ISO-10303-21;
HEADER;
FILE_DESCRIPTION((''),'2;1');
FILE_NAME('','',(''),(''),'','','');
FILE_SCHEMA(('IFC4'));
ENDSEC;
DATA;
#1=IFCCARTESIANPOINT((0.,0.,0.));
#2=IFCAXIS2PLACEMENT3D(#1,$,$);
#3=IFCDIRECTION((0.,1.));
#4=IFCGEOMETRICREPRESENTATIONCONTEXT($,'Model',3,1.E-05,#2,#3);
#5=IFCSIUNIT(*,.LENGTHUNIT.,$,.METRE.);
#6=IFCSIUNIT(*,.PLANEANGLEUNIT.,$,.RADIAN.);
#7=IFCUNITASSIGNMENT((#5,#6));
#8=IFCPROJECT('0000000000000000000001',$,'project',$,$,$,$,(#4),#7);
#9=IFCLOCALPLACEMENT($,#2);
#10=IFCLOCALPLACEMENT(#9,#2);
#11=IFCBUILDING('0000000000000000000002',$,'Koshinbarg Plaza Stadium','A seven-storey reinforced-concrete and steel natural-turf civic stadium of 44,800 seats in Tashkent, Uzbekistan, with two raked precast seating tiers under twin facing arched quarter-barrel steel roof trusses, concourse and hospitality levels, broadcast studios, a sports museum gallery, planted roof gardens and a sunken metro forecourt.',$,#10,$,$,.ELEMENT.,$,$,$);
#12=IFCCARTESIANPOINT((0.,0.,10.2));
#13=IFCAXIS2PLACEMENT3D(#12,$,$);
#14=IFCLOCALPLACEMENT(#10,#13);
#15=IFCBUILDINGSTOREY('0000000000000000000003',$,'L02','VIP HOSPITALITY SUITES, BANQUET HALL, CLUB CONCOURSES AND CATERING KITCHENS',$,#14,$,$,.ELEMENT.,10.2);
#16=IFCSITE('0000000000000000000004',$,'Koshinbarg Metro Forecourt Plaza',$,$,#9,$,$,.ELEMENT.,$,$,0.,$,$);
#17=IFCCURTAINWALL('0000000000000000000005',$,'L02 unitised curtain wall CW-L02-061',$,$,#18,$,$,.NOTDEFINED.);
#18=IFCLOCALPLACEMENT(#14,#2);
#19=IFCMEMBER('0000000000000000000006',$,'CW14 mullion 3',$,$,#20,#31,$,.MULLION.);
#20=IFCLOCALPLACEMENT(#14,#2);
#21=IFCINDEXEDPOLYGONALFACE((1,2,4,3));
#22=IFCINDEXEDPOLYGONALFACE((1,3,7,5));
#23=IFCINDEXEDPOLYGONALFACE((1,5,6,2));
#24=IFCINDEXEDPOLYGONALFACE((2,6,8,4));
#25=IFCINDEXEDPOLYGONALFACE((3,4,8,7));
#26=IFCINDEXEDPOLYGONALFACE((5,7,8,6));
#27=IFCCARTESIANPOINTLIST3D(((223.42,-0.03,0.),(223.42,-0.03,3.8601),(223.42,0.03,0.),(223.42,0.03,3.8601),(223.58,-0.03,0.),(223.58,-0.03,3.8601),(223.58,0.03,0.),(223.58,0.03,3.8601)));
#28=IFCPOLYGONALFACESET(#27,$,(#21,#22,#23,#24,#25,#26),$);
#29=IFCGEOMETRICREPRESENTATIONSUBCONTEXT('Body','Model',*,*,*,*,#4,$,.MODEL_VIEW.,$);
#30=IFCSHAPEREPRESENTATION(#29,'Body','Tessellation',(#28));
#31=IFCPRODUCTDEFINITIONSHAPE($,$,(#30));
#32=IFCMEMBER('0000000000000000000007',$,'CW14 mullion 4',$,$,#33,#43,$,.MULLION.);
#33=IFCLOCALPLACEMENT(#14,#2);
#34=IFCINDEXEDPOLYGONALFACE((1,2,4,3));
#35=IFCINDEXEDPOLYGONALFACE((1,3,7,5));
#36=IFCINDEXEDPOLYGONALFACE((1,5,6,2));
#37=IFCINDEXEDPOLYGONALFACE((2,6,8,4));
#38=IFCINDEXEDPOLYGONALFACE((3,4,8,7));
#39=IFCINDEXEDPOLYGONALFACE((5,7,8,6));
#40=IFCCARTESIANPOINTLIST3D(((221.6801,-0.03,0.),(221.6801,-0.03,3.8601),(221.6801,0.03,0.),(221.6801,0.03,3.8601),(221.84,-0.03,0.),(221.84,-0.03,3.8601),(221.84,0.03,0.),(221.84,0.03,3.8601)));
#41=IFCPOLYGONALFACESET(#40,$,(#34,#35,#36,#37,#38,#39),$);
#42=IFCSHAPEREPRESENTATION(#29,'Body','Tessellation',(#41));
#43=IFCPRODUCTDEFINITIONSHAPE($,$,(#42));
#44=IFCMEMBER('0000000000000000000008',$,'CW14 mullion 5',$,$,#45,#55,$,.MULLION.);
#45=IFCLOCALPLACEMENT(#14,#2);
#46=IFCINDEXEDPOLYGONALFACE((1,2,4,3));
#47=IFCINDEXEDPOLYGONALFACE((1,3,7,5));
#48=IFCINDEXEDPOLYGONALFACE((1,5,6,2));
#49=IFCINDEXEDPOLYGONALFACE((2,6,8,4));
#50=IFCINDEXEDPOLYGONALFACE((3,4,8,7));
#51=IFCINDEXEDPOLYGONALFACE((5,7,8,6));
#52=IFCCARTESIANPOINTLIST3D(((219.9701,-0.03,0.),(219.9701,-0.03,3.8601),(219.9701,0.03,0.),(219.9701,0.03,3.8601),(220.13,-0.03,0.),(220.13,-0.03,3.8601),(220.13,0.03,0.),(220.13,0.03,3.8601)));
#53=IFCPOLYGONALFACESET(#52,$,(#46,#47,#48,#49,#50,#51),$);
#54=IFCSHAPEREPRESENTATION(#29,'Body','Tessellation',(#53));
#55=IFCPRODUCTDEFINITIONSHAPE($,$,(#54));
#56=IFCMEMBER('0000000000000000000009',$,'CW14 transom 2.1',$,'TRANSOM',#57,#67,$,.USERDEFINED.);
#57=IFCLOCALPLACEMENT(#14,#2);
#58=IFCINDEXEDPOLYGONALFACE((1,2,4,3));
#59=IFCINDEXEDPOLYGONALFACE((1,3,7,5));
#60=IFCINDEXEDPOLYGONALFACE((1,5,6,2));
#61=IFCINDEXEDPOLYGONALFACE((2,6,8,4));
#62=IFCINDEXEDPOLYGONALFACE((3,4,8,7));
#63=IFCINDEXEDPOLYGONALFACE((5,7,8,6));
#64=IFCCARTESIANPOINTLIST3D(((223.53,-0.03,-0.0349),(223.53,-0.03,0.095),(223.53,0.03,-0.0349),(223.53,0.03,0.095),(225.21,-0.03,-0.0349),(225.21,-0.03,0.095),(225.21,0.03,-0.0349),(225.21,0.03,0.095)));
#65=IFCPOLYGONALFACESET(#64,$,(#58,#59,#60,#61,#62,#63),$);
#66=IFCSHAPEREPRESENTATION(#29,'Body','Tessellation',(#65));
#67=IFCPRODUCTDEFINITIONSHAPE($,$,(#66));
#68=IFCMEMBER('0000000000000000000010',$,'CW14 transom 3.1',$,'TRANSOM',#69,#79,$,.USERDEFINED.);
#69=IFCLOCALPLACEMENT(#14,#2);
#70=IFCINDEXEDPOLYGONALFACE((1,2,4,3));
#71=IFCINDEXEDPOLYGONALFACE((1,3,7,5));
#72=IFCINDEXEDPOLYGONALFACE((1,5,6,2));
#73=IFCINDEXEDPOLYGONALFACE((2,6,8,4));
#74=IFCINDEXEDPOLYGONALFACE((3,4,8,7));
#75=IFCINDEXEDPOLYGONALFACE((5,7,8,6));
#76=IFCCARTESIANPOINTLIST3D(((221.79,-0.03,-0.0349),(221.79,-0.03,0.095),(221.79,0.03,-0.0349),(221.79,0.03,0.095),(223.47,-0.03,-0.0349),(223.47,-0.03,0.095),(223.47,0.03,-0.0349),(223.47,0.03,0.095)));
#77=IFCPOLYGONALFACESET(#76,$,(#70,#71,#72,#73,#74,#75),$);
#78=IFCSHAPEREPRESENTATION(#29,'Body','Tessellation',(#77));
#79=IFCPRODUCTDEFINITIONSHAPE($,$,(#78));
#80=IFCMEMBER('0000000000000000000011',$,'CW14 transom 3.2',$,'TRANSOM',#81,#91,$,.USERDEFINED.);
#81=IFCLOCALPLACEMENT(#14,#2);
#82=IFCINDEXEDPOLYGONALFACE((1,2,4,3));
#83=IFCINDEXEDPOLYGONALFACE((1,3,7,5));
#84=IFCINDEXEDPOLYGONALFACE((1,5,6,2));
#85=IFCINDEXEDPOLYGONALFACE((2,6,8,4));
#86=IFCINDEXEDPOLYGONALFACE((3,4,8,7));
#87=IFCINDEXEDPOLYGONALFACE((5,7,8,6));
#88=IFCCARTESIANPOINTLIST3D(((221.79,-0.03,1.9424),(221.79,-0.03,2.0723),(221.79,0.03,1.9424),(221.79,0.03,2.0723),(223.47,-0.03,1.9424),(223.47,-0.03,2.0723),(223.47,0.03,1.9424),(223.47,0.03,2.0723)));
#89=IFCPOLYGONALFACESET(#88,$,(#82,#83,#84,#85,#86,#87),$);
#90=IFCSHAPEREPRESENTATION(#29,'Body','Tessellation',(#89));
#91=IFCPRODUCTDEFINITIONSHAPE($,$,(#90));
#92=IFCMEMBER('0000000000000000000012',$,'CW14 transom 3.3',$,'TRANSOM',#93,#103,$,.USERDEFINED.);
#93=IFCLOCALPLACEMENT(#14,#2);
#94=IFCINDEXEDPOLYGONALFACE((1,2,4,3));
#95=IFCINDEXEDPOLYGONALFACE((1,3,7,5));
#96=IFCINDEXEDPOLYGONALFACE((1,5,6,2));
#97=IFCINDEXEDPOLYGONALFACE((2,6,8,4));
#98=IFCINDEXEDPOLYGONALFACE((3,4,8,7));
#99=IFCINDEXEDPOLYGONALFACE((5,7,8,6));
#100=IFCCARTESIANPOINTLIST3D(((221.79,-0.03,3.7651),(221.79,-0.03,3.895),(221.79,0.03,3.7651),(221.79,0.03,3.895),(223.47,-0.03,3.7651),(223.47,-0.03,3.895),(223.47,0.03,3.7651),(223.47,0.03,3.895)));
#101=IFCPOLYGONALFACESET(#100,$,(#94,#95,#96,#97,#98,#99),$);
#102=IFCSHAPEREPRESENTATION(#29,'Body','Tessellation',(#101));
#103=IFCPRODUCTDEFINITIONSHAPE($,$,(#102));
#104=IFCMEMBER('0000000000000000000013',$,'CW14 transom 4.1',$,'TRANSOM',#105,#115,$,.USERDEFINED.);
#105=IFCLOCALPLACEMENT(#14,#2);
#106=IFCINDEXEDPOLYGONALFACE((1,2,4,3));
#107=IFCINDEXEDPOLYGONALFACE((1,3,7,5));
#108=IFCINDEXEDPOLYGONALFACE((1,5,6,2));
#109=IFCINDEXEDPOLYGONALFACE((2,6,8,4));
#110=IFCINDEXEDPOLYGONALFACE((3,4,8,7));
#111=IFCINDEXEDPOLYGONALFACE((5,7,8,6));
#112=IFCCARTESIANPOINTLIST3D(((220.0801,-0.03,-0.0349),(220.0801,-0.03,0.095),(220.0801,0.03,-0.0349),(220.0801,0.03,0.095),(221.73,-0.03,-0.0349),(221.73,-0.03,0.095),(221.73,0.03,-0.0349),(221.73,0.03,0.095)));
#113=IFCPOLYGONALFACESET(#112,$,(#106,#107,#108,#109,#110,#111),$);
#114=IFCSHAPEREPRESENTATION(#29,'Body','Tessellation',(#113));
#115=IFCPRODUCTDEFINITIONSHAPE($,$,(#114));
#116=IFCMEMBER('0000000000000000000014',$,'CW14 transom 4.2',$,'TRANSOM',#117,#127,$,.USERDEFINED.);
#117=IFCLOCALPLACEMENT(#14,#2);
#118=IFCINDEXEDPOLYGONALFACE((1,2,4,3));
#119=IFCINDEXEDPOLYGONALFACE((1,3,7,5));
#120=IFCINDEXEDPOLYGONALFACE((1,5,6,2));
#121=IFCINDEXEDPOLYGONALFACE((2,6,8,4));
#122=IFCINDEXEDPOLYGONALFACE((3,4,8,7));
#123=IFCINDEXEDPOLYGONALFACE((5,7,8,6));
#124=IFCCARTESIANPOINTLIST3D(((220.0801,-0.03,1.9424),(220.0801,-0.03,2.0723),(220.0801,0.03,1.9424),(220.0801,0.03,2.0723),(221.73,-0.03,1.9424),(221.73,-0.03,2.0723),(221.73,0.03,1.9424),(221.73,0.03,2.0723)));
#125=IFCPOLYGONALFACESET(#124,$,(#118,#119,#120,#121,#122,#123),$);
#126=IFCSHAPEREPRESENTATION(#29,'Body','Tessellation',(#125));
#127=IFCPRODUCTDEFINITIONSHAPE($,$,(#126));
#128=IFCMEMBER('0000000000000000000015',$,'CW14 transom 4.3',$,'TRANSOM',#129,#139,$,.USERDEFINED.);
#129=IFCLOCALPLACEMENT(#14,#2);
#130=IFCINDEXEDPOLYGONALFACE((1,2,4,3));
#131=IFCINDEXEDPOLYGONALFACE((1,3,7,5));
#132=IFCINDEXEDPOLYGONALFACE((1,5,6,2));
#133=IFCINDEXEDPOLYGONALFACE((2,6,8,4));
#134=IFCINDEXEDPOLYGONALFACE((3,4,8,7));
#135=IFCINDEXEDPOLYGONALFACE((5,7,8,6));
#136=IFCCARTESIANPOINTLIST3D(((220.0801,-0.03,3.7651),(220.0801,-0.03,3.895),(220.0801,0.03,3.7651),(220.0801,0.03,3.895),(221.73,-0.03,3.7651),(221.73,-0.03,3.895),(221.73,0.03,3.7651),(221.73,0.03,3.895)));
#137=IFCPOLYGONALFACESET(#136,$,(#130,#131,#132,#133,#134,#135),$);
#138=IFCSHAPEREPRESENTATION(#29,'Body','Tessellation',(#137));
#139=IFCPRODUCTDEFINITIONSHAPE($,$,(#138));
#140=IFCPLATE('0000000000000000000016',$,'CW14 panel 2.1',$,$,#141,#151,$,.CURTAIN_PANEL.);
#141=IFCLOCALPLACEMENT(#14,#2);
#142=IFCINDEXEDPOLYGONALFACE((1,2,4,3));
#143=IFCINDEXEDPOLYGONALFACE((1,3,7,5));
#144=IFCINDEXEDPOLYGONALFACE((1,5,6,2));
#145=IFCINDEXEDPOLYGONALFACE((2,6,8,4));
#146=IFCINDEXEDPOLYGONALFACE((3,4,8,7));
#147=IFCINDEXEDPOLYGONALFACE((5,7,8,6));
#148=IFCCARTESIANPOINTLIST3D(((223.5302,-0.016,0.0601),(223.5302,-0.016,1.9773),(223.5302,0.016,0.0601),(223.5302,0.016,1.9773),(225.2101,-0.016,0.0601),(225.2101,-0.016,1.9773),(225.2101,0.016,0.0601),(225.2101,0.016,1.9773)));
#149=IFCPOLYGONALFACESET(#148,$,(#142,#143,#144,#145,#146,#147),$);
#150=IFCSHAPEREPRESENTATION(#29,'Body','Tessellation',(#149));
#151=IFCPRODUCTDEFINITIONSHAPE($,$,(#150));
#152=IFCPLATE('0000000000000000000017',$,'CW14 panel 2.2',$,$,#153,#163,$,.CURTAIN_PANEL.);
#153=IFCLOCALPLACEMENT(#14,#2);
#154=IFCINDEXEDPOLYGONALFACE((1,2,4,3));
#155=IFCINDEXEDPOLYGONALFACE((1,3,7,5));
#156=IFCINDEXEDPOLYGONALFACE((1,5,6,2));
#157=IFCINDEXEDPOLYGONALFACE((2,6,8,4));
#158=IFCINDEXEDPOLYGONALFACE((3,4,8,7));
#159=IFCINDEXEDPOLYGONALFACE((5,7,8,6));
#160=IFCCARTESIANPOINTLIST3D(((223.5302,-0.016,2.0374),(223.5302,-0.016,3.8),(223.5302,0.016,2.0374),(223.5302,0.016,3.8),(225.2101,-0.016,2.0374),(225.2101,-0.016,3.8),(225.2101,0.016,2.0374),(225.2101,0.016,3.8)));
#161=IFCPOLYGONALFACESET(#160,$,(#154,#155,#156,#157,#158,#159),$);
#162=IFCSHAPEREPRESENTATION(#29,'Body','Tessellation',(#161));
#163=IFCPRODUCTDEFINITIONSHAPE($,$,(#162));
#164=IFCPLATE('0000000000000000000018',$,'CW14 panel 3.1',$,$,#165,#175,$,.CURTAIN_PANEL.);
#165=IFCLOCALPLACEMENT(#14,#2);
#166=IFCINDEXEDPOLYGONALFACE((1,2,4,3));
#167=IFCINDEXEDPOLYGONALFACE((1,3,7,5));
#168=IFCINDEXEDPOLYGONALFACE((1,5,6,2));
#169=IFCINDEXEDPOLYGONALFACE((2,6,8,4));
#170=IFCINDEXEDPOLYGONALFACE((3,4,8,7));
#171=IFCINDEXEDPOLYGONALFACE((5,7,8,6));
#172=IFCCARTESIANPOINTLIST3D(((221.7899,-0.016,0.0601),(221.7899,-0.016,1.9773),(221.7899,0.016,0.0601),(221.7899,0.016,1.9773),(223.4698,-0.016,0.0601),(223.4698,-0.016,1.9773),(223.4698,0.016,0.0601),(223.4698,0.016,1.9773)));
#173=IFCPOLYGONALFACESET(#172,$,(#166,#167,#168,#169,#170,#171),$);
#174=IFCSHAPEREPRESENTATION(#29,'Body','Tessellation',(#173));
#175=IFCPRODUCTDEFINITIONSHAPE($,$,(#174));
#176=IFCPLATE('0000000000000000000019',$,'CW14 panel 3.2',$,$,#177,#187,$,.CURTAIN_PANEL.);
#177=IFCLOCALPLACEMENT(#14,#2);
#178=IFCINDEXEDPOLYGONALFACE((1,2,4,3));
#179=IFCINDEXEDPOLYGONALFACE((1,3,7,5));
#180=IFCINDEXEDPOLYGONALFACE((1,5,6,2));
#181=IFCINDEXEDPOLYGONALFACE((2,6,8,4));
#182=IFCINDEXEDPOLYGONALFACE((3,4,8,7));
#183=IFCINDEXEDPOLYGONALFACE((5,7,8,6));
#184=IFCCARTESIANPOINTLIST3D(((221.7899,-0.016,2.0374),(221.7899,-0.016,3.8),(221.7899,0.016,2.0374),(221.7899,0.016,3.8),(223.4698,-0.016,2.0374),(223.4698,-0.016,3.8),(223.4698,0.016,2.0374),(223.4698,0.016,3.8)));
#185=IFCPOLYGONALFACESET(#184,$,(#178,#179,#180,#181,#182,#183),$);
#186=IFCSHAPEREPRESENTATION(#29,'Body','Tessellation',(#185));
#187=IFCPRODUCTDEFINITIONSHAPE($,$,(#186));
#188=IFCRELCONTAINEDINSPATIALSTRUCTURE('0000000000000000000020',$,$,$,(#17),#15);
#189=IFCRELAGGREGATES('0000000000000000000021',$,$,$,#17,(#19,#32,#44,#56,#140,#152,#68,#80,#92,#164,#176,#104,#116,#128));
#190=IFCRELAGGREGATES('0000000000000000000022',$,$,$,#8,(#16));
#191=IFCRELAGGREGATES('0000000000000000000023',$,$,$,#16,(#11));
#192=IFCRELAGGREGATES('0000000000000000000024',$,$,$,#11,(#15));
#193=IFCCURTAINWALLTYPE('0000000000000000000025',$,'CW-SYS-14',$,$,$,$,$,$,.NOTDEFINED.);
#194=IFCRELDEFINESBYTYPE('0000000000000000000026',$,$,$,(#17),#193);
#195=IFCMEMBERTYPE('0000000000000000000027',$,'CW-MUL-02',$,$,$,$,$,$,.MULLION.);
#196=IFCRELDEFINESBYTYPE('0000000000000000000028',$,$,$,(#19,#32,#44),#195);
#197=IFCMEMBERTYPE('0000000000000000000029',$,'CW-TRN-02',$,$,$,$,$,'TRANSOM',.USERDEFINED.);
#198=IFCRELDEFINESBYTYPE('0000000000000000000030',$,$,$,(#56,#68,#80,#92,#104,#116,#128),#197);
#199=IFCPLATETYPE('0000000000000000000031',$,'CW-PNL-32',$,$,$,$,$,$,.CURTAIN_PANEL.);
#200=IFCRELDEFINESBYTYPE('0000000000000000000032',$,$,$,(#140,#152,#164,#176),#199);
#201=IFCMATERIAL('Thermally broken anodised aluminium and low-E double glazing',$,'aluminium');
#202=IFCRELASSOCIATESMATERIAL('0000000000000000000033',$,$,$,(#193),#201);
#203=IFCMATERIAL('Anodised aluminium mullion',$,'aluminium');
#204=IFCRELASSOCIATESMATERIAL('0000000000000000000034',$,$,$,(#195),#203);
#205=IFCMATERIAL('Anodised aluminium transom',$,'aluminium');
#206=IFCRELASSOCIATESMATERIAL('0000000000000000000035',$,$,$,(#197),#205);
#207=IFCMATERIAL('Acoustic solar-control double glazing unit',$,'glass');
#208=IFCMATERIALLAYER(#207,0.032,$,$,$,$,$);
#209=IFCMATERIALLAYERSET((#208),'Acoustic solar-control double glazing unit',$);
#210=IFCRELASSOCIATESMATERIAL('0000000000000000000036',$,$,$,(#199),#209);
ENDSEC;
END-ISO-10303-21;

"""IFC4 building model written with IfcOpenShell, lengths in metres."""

from ifc_helpers import new_model, si_unit, direction, frame, origin, origin_2d, place, context, subcontext, project, spatial, rectangle, extrude, material, layer, layer_set, material_profile, profile_set, type_object, element, aggregate, save


model = new_model("IFC4")

# Units and contexts
model_context = context("Model", 3, precision=1e-05, world=origin(), true_north=direction((0.0, 1.0)))
body_context = subcontext(model_context, "Body", "Model", "MODEL_VIEW")
ifc_project = project(units=[si_unit("LENGTHUNIT", "METRE"), si_unit("PLANEANGLEUNIT", "RADIAN")], contexts=[model_context])

# Site, building, storey
site_placement = place(None, origin())
site = spatial("IfcSite", under=ifc_project, at=site_placement, Name="Koshinbarg Metro Forecourt Plaza", CompositionType="ELEMENT", RefElevation=0.0)
building_placement = place(site_placement, origin())
building = spatial("IfcBuilding", under=site, at=building_placement, Name="Koshinbarg Plaza Stadium", Description="A seven-storey reinforced-concrete and steel natural-turf civic stadium of 44,800 seats in Tashkent, Uzbekistan, with two raked precast seating tiers under twin facing arched quarter-barrel steel roof trusses, concourse and hospitality levels, broadcast studios, a sports museum gallery, planted roof gardens and a sunken metro forecourt.", CompositionType="ELEMENT")
storey_placement = place(building_placement, frame((0.0, 0.0, 10.2)))
storey = spatial("IfcBuildingStorey", under=building, at=storey_placement, Name="L02", Description="VIP HOSPITALITY SUITES, BANQUET HALL, CLUB CONCOURSES AND CATERING KITCHENS", CompositionType="ELEMENT", Elevation=10.2)

# Curtain wall, members, plates
ifc_material_1 = material(Name="Thermally broken anodised aluminium and low-E double glazing", Category="aluminium")
curtain_wall_type = type_object("IfcCurtainWallType", Name="CW-SYS-14", PredefinedType="NOTDEFINED", material=ifc_material_1)
curtain_wall_placement = place(storey_placement, origin())
curtain_wall = element("IfcCurtainWall", 1, at=curtain_wall_placement, inside=storey, type_object=curtain_wall_type, Name="L02 unitised curtain wall CW-L02-061", PredefinedType="NOTDEFINED")
ifc_material_2 = material(Name="Anodised aluminium mullion", Category="aluminium")
ifc_material_profile_1 = material_profile(ifc_material_2, rectangle(XDim=0.0601, YDim=0.1599, at=origin_2d()), Name="ALU 60x160")
ifc_profile_set_1 = profile_set([ifc_material_profile_1], Name="Anodised aluminium mullion")
member_type_1 = type_object("IfcMemberType", Name="CW-MUL-02", PredefinedType="MULLION", material=ifc_profile_set_1)
member_1_placement = place(storey_placement, frame((223.5, 0.0, 0.0), z_axis=(0.0, 0.0, 1.0), x_axis=(0.0, -1.0, 0.0)))
member_1 = element("IfcMember", 2, at=member_1_placement, type_object=member_type_1, Name="CW14 mullion 3", PredefinedType="MULLION", context=body_context, shape_type="SweptSolid", body=[
    extrude(rectangle(XDim=0.0601, YDim=0.1599, at=origin_2d()), origin(), (0.0, 0.0, 1.0), 3.8601),
])
member_2_placement = place(storey_placement, frame((221.76, 0.0, 0.0), z_axis=(0.0, 0.0, 1.0), x_axis=(0.0, -1.0, 0.0)))
member_2 = element("IfcMember", 3, at=member_2_placement, type_object=member_type_1, Name="CW14 mullion 4", PredefinedType="MULLION", context=body_context, shape_type="SweptSolid", body=[
    extrude(rectangle(XDim=0.0601, YDim=0.1599, at=origin_2d()), origin(), (0.0, 0.0, 1.0), 3.8601),
])
member_3_placement = place(storey_placement, frame((220.05, 0.0, 0.0), z_axis=(0.0, 0.0, 1.0), x_axis=(0.0, -1.0, 0.0)))
member_3 = element("IfcMember", 4, at=member_3_placement, type_object=member_type_1, Name="CW14 mullion 5", PredefinedType="MULLION", context=body_context, shape_type="SweptSolid", body=[
    extrude(rectangle(XDim=0.0601, YDim=0.1599, at=origin_2d()), origin(), (0.0, 0.0, 1.0), 3.8601),
])
ifc_material_3 = material(Name="Anodised aluminium transom", Category="aluminium")
ifc_material_profile_2 = material_profile(ifc_material_3, rectangle(XDim=0.0601, YDim=0.1299, at=origin_2d()), Name="ALU 60x130")
ifc_profile_set_2 = profile_set([ifc_material_profile_2], Name="Anodised aluminium transom")
member_type_2 = type_object("IfcMemberType", Name="CW-TRN-02", ElementType="TRANSOM", PredefinedType="USERDEFINED", material=ifc_profile_set_2)
member_4_placement = place(storey_placement, frame((225.21, 0.0, 0.03), z_axis=(-1.0, 0.0, 0.0), x_axis=(0.0, -1.0, 0.0)))
member_4 = element("IfcMember", 5, at=member_4_placement, type_object=member_type_2, Name="CW14 transom 2.1", ObjectType="TRANSOM", PredefinedType="USERDEFINED", context=body_context, shape_type="SweptSolid", body=[
    extrude(rectangle(XDim=0.0601, YDim=0.1299, at=origin_2d()), origin(), (0.0, 0.0, 1.0), 1.6799),
])
member_5_placement = place(storey_placement, frame((223.47, 0.0, 0.03), z_axis=(-1.0, 0.0, 0.0), x_axis=(0.0, -1.0, 0.0)))
member_5 = element("IfcMember", 6, at=member_5_placement, type_object=member_type_2, Name="CW14 transom 3.1", ObjectType="TRANSOM", PredefinedType="USERDEFINED", context=body_context, shape_type="SweptSolid", body=[
    extrude(rectangle(XDim=0.0601, YDim=0.1299, at=origin_2d()), origin(), (0.0, 0.0, 1.0), 1.6799),
])
member_6_placement = place(storey_placement, frame((223.47, 0.0, 2.0073), z_axis=(-1.0, 0.0, 0.0), x_axis=(0.0, -1.0, 0.0)))
member_6 = element("IfcMember", 7, at=member_6_placement, type_object=member_type_2, Name="CW14 transom 3.2", ObjectType="TRANSOM", PredefinedType="USERDEFINED", context=body_context, shape_type="SweptSolid", body=[
    extrude(rectangle(XDim=0.0601, YDim=0.1299, at=origin_2d()), origin(), (0.0, 0.0, 1.0), 1.6799),
])
member_7_placement = place(storey_placement, frame((223.47, 0.0, 3.8301), z_axis=(-1.0, 0.0, 0.0), x_axis=(0.0, -1.0, 0.0)))
member_7 = element("IfcMember", 8, at=member_7_placement, type_object=member_type_2, Name="CW14 transom 3.3", ObjectType="TRANSOM", PredefinedType="USERDEFINED", context=body_context, shape_type="SweptSolid", body=[
    extrude(rectangle(XDim=0.0601, YDim=0.1299, at=origin_2d()), origin(), (0.0, 0.0, 1.0), 1.6799),
])
member_8_placement = place(storey_placement, frame((221.73, 0.0, 0.03), z_axis=(-1.0, 0.0, 0.0), x_axis=(0.0, -1.0, 0.0)))
member_8 = element("IfcMember", 9, at=member_8_placement, type_object=member_type_2, Name="CW14 transom 4.1", ObjectType="TRANSOM", PredefinedType="USERDEFINED", context=body_context, shape_type="SweptSolid", body=[
    extrude(rectangle(XDim=0.0601, YDim=0.1299, at=origin_2d()), origin(), (0.0, 0.0, 1.0), 1.6499),
])
member_9_placement = place(storey_placement, frame((221.73, 0.0, 2.0073), z_axis=(-1.0, 0.0, 0.0), x_axis=(0.0, -1.0, 0.0)))
member_9 = element("IfcMember", 10, at=member_9_placement, type_object=member_type_2, Name="CW14 transom 4.2", ObjectType="TRANSOM", PredefinedType="USERDEFINED", context=body_context, shape_type="SweptSolid", body=[
    extrude(rectangle(XDim=0.0601, YDim=0.1299, at=origin_2d()), origin(), (0.0, 0.0, 1.0), 1.6499),
])
member_10_placement = place(storey_placement, frame((221.73, 0.0, 3.8301), z_axis=(-1.0, 0.0, 0.0), x_axis=(0.0, -1.0, 0.0)))
member_10 = element("IfcMember", 11, at=member_10_placement, type_object=member_type_2, Name="CW14 transom 4.3", ObjectType="TRANSOM", PredefinedType="USERDEFINED", context=body_context, shape_type="SweptSolid", body=[
    extrude(rectangle(XDim=0.0601, YDim=0.1299, at=origin_2d()), origin(), (0.0, 0.0, 1.0), 1.6499),
])
ifc_material_4 = material(Name="Acoustic solar-control double glazing unit", Category="glass")
ifc_layer_1 = layer(ifc_material_4, 0.032)
ifc_layer_set_1 = layer_set([ifc_layer_1], Name="Acoustic solar-control double glazing unit")
plate_type = type_object("IfcPlateType", Name="CW-PNL-32", PredefinedType="CURTAIN_PANEL", material=ifc_layer_set_1)
plate_1_placement = place(storey_placement, frame((224.3701, 0.0, 0.0601), z_axis=(0.0, 0.0, 1.0), x_axis=(-1.0, 0.0, 0.0)))
plate_1 = element("IfcPlate", 12, at=plate_1_placement, type_object=plate_type, Name="CW14 panel 2.1", PredefinedType="CURTAIN_PANEL", context=body_context, shape_type="SweptSolid", body=[
    extrude(rectangle(XDim=1.6799, YDim=0.032, at=origin_2d()), origin(), (0.0, 0.0, 1.0), 1.9172),
])
plate_2_placement = place(storey_placement, frame((224.3701, 0.0, 2.0374), z_axis=(0.0, 0.0, 1.0), x_axis=(-1.0, 0.0, 0.0)))
plate_2 = element("IfcPlate", 13, at=plate_2_placement, type_object=plate_type, Name="CW14 panel 2.2", PredefinedType="CURTAIN_PANEL", context=body_context, shape_type="SweptSolid", body=[
    extrude(rectangle(XDim=1.6799, YDim=0.032, at=origin_2d()), origin(), (0.0, 0.0, 1.0), 1.7627),
])
plate_3_placement = place(storey_placement, frame((222.6299, 0.0, 0.0601), z_axis=(0.0, 0.0, 1.0), x_axis=(-1.0, 0.0, 0.0)))
plate_3 = element("IfcPlate", 14, at=plate_3_placement, type_object=plate_type, Name="CW14 panel 3.1", PredefinedType="CURTAIN_PANEL", context=body_context, shape_type="SweptSolid", body=[
    extrude(rectangle(XDim=1.6799, YDim=0.032, at=origin_2d()), origin(), (0.0, 0.0, 1.0), 1.9172),
])
plate_4_placement = place(storey_placement, frame((222.6299, 0.0, 2.0374), z_axis=(0.0, 0.0, 1.0), x_axis=(-1.0, 0.0, 0.0)))
plate_4 = element("IfcPlate", 15, at=plate_4_placement, type_object=plate_type, Name="CW14 panel 3.2", PredefinedType="CURTAIN_PANEL", context=body_context, shape_type="SweptSolid", body=[
    extrude(rectangle(XDim=1.6799, YDim=0.032, at=origin_2d()), origin(), (0.0, 0.0, 1.0), 1.7627),
])
aggregate(curtain_wall, [member_1, member_2, member_3, member_4, plate_1, plate_2, member_5, member_6, member_7, plate_3, plate_4, member_8, member_9, member_10])

save(model, "model.ifc")
